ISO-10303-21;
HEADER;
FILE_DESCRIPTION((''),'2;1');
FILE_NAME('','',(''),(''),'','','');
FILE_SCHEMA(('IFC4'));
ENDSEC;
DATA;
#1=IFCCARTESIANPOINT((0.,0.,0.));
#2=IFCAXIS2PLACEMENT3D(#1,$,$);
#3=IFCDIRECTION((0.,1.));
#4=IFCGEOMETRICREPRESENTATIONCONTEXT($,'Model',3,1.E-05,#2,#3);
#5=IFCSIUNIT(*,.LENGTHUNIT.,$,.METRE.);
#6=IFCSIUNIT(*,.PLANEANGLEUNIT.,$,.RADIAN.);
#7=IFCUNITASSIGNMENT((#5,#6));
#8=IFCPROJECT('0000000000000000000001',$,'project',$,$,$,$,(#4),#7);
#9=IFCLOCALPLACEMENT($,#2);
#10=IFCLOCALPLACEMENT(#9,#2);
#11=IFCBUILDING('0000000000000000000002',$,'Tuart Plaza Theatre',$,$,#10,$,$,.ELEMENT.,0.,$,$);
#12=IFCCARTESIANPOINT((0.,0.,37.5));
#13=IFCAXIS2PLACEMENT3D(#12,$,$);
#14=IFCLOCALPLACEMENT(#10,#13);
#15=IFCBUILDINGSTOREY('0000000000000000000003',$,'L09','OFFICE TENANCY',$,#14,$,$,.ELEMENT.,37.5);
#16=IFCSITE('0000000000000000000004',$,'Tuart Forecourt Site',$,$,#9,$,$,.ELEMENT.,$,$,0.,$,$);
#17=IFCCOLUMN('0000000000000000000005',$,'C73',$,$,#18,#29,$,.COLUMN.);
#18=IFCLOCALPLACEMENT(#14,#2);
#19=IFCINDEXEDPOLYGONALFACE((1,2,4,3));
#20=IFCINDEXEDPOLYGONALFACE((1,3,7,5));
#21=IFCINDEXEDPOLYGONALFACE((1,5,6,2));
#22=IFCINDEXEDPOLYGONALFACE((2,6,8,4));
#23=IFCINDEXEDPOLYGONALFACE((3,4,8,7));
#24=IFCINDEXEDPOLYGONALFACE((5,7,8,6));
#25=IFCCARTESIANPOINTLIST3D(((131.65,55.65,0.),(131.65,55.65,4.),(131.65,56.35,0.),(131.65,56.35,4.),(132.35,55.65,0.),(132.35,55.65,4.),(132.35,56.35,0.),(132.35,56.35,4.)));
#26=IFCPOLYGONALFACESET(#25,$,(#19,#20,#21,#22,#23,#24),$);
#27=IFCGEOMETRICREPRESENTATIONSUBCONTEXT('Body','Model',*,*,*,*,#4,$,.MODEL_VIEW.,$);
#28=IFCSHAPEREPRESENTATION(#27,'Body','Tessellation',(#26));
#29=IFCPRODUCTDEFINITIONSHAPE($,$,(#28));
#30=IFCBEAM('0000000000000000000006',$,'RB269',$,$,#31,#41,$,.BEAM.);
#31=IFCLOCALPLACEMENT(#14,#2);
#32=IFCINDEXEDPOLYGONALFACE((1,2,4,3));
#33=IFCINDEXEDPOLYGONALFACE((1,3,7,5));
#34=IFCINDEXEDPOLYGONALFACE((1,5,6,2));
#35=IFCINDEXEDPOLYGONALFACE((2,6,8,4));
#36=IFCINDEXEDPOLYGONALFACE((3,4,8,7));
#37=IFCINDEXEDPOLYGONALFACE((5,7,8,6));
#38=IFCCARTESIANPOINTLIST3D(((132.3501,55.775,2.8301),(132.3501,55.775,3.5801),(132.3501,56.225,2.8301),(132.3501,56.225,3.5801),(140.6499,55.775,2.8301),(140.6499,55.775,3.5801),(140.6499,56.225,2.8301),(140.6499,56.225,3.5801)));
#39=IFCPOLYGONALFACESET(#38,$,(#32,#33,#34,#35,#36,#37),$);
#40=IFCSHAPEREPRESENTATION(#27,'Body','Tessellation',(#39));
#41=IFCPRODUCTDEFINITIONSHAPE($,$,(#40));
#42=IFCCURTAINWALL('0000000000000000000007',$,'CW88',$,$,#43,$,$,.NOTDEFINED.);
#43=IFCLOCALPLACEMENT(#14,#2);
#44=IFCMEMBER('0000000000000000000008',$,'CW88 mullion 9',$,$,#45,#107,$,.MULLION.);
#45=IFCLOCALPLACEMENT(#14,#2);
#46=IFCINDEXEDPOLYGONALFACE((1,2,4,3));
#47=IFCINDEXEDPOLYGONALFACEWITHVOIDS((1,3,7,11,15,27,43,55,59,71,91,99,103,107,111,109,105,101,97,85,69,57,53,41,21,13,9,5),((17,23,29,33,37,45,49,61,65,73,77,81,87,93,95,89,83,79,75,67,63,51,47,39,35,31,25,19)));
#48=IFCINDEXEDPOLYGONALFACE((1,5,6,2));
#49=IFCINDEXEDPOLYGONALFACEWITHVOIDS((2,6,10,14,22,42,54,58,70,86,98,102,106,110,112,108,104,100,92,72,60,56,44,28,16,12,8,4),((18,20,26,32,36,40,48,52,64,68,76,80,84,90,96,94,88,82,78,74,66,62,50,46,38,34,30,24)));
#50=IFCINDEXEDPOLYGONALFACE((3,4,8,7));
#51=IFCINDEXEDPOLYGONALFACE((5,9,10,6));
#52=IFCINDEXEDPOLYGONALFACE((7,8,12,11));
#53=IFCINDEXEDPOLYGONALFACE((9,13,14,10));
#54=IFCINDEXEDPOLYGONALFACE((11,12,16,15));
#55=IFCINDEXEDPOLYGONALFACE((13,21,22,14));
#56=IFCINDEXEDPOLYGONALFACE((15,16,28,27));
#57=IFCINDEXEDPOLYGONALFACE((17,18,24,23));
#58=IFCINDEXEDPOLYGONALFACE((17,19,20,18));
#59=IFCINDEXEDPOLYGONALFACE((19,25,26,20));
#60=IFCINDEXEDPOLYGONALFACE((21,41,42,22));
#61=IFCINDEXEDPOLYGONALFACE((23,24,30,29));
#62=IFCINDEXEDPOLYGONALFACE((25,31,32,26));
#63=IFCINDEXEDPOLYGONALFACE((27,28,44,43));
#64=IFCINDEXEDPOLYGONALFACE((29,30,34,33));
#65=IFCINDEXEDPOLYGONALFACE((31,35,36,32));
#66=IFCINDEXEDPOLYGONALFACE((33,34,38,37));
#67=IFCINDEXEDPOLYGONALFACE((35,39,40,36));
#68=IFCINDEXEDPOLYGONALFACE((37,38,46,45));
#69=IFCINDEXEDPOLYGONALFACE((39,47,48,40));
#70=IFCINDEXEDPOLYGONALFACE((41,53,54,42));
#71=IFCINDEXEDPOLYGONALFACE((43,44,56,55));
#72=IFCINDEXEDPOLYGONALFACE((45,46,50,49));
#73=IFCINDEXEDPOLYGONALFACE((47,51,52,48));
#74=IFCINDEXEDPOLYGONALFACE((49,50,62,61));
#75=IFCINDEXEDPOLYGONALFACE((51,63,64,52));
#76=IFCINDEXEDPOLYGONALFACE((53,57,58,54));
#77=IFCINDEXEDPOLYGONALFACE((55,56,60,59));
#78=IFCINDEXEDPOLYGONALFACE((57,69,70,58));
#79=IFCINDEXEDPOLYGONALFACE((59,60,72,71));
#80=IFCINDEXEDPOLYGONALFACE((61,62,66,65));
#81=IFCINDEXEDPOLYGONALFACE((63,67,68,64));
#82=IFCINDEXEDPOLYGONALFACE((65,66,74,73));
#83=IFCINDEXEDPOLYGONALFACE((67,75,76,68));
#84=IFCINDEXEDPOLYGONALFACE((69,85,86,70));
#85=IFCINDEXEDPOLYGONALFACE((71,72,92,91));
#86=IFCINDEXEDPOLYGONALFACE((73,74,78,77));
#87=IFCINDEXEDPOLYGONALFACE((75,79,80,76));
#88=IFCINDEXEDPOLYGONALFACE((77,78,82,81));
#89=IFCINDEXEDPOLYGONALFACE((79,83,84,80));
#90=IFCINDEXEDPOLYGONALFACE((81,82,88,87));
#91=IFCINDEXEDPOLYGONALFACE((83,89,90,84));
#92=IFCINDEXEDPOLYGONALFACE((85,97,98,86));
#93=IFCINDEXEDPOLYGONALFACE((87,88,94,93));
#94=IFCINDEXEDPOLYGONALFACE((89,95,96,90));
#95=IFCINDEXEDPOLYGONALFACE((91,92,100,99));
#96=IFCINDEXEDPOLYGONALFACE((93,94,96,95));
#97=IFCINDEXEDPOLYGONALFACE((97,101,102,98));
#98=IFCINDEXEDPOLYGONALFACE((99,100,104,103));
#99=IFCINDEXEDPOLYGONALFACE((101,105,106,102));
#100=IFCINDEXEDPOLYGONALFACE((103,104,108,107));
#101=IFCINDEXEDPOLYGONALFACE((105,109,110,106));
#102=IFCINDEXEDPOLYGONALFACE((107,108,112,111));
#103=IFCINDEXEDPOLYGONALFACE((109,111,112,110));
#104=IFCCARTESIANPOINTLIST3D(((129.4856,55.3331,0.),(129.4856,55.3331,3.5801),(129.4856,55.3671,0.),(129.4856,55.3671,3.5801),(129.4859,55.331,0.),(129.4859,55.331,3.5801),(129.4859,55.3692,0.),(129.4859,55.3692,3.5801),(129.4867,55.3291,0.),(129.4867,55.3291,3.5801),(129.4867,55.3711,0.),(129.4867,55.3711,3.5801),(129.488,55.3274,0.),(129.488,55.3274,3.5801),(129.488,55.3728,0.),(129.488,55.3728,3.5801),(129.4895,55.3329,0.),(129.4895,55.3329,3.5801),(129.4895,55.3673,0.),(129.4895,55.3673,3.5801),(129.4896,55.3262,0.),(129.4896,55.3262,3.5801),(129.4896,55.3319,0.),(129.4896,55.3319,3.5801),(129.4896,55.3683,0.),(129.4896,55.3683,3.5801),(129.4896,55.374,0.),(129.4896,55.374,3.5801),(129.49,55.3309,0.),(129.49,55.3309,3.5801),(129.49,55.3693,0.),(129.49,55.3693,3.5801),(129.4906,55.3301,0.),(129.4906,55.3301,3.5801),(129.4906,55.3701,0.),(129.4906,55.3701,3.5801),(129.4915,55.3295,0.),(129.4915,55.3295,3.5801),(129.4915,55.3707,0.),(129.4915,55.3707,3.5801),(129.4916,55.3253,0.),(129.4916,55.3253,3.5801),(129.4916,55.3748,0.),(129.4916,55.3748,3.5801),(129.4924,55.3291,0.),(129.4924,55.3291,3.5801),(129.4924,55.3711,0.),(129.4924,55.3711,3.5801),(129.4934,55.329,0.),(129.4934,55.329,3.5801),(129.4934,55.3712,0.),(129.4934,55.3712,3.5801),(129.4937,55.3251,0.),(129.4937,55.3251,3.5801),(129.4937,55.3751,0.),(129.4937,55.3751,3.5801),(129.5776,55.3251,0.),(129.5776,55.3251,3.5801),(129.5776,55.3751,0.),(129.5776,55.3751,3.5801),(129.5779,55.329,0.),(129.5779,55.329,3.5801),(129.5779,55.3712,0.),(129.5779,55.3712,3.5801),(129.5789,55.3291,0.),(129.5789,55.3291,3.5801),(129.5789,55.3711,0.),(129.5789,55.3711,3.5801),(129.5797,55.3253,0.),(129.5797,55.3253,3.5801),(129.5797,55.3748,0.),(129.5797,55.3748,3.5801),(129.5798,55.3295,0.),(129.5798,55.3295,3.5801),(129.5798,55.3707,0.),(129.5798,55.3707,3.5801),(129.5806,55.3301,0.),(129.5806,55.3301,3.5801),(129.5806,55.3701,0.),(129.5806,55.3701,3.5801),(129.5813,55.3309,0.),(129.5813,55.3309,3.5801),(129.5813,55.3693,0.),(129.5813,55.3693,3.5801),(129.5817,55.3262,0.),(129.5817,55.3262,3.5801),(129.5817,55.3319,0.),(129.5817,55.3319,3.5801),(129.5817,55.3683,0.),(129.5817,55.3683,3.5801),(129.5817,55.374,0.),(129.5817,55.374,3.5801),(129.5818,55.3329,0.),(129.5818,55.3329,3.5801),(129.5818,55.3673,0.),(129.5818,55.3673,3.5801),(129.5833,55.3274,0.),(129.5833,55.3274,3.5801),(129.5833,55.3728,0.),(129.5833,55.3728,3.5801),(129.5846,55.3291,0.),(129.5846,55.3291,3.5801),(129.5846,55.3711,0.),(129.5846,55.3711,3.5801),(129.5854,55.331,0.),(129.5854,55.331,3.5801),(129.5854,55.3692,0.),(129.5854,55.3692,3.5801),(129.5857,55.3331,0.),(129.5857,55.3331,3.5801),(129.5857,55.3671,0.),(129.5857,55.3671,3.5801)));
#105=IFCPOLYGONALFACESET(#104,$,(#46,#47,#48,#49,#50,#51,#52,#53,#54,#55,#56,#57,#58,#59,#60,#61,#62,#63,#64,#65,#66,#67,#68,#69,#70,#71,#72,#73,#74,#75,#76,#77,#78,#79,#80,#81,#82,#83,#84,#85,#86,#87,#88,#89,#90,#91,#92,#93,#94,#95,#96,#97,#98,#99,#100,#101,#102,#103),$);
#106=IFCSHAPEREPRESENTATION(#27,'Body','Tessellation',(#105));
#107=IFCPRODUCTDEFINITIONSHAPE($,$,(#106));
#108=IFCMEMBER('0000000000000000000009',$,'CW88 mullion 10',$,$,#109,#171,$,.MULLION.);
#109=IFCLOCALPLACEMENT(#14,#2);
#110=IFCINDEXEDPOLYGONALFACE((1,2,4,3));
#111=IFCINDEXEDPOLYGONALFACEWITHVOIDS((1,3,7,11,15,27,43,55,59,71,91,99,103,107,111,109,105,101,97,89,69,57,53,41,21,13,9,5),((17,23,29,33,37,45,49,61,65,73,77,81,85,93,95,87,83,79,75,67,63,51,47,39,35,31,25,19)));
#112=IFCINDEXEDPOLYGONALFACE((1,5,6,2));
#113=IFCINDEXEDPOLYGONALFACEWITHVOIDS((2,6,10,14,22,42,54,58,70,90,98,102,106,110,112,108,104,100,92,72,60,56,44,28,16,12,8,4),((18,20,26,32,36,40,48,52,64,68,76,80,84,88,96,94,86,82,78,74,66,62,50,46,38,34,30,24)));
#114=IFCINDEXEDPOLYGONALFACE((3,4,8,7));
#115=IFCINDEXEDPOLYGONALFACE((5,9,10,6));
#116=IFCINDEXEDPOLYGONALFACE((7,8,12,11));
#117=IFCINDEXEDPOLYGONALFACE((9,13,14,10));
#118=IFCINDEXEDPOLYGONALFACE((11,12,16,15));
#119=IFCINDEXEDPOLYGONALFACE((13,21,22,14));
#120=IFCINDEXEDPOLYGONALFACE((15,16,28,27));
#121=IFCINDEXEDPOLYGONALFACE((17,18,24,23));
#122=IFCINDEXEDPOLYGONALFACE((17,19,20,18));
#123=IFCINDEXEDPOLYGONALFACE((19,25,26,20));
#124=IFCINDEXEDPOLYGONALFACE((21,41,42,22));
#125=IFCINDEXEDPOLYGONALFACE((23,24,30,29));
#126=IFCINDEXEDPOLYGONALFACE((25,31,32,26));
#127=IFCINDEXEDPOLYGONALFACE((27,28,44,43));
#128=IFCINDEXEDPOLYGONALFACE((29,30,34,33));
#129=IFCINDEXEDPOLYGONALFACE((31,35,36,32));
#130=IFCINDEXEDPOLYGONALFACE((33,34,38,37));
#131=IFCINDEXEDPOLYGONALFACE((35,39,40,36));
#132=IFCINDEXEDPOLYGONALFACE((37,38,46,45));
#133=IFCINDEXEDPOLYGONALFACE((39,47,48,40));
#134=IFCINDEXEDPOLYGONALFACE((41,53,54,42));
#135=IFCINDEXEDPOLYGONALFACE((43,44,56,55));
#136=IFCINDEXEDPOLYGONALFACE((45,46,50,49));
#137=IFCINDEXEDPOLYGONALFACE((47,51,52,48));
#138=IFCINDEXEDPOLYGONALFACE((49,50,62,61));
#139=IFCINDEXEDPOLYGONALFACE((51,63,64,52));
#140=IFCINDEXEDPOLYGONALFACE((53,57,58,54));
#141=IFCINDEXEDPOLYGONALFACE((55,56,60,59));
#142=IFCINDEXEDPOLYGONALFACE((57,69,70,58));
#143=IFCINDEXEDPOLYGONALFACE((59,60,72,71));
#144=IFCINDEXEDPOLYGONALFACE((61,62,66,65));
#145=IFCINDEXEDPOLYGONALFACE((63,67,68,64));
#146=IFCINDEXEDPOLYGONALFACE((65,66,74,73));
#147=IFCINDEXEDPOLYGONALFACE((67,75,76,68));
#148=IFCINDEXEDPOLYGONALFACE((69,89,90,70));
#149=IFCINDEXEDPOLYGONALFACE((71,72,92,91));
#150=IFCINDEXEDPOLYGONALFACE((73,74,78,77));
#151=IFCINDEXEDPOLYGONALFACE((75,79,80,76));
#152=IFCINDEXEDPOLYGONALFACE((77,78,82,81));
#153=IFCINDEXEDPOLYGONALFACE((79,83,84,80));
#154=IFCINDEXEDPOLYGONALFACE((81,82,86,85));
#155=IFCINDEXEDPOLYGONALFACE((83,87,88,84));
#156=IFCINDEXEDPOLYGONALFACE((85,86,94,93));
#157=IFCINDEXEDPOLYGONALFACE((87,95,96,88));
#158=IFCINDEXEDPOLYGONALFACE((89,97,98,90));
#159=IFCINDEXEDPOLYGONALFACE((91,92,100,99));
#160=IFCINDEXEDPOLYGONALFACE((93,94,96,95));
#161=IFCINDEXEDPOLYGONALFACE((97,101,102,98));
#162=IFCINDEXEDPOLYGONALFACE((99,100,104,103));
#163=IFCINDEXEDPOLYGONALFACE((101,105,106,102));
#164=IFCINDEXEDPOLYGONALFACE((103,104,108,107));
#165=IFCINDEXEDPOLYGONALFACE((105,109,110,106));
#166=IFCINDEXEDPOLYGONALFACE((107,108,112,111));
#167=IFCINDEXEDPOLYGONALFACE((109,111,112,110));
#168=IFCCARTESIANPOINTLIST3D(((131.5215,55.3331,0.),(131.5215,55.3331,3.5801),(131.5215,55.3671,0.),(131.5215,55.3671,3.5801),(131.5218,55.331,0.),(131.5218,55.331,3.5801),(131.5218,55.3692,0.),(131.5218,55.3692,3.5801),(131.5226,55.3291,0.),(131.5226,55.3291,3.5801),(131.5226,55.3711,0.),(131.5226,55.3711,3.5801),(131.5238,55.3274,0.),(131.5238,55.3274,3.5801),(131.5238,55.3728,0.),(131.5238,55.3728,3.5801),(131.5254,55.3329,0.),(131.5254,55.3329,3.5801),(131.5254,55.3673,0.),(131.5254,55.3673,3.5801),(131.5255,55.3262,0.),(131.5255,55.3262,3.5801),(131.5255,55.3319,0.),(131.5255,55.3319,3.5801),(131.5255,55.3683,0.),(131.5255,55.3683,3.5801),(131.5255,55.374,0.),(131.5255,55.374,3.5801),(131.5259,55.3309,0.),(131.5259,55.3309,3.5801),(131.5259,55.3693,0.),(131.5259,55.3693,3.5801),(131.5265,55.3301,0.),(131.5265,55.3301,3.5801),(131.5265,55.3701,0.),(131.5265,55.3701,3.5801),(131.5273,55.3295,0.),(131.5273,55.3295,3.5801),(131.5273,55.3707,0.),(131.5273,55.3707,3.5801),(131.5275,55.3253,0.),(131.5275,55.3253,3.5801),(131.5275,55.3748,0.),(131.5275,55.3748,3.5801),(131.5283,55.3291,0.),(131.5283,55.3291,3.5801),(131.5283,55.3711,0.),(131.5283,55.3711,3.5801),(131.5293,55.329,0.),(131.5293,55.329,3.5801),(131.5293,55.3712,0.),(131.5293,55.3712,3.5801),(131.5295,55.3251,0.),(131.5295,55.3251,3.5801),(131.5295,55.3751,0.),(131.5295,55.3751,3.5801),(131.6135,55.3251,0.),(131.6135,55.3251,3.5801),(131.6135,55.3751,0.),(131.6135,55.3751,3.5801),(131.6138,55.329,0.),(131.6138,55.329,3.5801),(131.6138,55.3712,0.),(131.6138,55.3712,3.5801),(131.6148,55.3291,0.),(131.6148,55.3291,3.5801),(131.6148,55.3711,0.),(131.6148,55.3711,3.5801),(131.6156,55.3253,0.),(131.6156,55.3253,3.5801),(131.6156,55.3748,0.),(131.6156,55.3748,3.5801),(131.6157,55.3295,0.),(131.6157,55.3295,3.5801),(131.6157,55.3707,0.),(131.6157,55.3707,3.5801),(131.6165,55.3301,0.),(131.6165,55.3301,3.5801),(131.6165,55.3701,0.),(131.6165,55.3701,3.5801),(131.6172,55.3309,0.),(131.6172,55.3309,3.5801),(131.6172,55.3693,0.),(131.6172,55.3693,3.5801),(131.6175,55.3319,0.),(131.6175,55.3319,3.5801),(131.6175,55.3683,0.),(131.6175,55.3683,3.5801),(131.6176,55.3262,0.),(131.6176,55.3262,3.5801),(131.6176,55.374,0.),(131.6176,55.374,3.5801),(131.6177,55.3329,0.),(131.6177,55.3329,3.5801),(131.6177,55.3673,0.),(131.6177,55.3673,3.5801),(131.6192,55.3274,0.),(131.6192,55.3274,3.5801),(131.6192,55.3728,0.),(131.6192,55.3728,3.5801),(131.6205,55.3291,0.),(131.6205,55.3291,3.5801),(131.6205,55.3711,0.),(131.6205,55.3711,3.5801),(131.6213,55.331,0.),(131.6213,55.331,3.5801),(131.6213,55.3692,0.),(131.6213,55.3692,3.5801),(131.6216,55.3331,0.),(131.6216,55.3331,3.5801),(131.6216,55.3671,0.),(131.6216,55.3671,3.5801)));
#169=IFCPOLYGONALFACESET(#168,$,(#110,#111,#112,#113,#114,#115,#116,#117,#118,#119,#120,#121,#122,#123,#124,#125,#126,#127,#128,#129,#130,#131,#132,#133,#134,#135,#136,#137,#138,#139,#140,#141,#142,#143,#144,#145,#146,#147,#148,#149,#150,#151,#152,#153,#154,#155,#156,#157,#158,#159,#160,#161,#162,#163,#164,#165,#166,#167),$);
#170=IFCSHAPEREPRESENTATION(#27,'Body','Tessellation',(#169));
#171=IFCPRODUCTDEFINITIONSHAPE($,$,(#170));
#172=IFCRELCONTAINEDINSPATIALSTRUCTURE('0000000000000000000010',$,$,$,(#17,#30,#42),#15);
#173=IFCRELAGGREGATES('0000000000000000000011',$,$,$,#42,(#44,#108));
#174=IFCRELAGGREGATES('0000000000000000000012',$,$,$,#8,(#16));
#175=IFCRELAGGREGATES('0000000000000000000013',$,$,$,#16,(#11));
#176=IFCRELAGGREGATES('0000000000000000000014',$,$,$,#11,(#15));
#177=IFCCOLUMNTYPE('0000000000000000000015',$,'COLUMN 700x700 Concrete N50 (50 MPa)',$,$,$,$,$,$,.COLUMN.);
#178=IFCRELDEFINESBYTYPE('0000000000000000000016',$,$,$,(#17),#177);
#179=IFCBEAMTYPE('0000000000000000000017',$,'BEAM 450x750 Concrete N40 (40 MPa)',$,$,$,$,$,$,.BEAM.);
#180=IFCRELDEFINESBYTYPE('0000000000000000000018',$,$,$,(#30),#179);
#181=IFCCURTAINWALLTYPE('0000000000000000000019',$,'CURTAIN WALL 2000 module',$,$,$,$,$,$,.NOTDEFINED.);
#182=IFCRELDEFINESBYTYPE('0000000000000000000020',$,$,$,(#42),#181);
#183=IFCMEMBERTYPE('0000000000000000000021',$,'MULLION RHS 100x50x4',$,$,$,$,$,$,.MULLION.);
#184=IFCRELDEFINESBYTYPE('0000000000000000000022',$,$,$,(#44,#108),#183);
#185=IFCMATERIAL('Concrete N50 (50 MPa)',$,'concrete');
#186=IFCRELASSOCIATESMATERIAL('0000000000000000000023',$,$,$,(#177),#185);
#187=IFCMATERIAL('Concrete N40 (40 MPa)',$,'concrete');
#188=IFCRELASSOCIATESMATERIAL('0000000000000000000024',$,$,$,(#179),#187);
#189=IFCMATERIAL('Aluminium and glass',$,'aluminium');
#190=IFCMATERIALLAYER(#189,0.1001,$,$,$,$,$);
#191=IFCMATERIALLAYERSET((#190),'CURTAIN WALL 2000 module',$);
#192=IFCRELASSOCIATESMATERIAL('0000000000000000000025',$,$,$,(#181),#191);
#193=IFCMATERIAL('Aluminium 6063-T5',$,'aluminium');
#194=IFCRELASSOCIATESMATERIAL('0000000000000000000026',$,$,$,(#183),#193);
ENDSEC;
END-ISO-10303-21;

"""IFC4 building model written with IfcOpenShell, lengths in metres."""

from ifc_helpers import new_model, si_unit, direction, frame, origin, origin_2d, place, context, subcontext, project, spatial, rectangle, hollow_rectangle, extrude, material, layer, layer_set, material_profile, profile_set, type_object, element, aggregate, save


model = new_model("IFC4")

# Units and contexts
model_context = context("Model", 3, precision=1e-05, world=origin(), true_north=direction((0.0, 1.0)))
body_context = subcontext(model_context, "Body", "Model", "MODEL_VIEW")
ifc_project = project(units=[si_unit("LENGTHUNIT", "METRE"), si_unit("PLANEANGLEUNIT", "RADIAN")], contexts=[model_context])

# Site, building, storey
site_placement = place(None, origin())
site = spatial("IfcSite", under=ifc_project, at=site_placement, Name="Tuart Forecourt Site", CompositionType="ELEMENT", RefElevation=0.0)
building_placement = place(site_placement, origin())
building = spatial("IfcBuilding", under=site, at=building_placement, Name="Tuart Plaza Theatre", CompositionType="ELEMENT", ElevationOfRefHeight=0.0)
storey_placement = place(building_placement, frame((0.0, 0.0, 37.5)))
storey = spatial("IfcBuildingStorey", under=building, at=storey_placement, Name="L09", Description="OFFICE TENANCY", CompositionType="ELEMENT", Elevation=37.5)

# Column
ifc_material_1 = material(Name="Concrete N50 (50 MPa)", Category="concrete")
ifc_material_profile_1 = material_profile(ifc_material_1, rectangle(XDim=0.7, YDim=0.7, at=origin_2d()), Name="COLUMN 700x700 Concrete N50 (50 MPa)")
ifc_profile_set_1 = profile_set([ifc_material_profile_1], Name="Concrete N50 (50 MPa)")
column_type = type_object("IfcColumnType", Name="COLUMN 700x700 Concrete N50 (50 MPa)", PredefinedType="COLUMN", material=ifc_profile_set_1)
column_placement = place(storey_placement, frame((132.0, 56.0, 0.0), z_axis=(0.0, 0.0, 1.0), x_axis=(1.0, 0.0, 0.0)))
element("IfcColumn", 1, at=column_placement, inside=storey, type_object=column_type, Name="C73", PredefinedType="COLUMN", context=body_context, shape_type="SweptSolid", body=[
    extrude(rectangle(XDim=0.7, YDim=0.7, at=origin_2d()), origin(), (0.0, 0.0, 1.0), 4.0),
])

# Beam
ifc_material_2 = material(Name="Concrete N40 (40 MPa)", Category="concrete")
ifc_material_profile_2 = material_profile(ifc_material_2, rectangle(XDim=0.45, YDim=0.75, at=origin_2d()), Name="BEAM 450x750 Concrete N40 (40 MPa)")
ifc_profile_set_2 = profile_set([ifc_material_profile_2], Name="Concrete N40 (40 MPa)")
beam_type = type_object("IfcBeamType", Name="BEAM 450x750 Concrete N40 (40 MPa)", PredefinedType="BEAM", material=ifc_profile_set_2)
beam_placement = place(storey_placement, frame((132.3501, 56.0, 3.2051), z_axis=(1.0, 0.0, 0.0), x_axis=(0.0, 1.0, 0.0)))
element("IfcBeam", 2, at=beam_placement, inside=storey, type_object=beam_type, Name="RB269", PredefinedType="BEAM", context=body_context, shape_type="SweptSolid", body=[
    extrude(rectangle(XDim=0.45, YDim=0.75, at=origin_2d()), origin(), (0.0, 0.0, 1.0), 8.2998),
])

# Curtain wall, members
ifc_material_3 = material(Name="Aluminium and glass", Category="aluminium")
ifc_layer_1 = layer(ifc_material_3, 0.1001)
ifc_layer_set_1 = layer_set([ifc_layer_1], Name="CURTAIN WALL 2000 module")
curtain_wall_type = type_object("IfcCurtainWallType", Name="CURTAIN WALL 2000 module", PredefinedType="NOTDEFINED", material=ifc_layer_set_1)
curtain_wall_placement = place(storey_placement, origin())
curtain_wall = element("IfcCurtainWall", 3, at=curtain_wall_placement, inside=storey, type_object=curtain_wall_type, Name="CW88", PredefinedType="NOTDEFINED")
ifc_material_4 = material(Name="Aluminium 6063-T5", Category="aluminium")
ifc_material_profile_3 = material_profile(ifc_material_4, hollow_rectangle(XDim=0.05, YDim=0.1001, WallThickness=0.0039, InnerFilletRadius=0.0039, OuterFilletRadius=0.0081, at=origin_2d()), Name="RHS 100x50x4")
ifc_profile_set_3 = profile_set([ifc_material_profile_3], Name="Aluminium 6063-T5")
member_type_1 = type_object("IfcMemberType", Name="MULLION RHS 100x50x4", PredefinedType="MULLION", material=ifc_profile_set_3)
member_1_placement = place(storey_placement, frame((129.5356, 55.3501, 0.0), z_axis=(0.0, 0.0, 1.0), x_axis=(0.0, 1.0, 0.0)))
member_1 = element("IfcMember", 4, at=member_1_placement, type_object=member_type_1, Name="CW88 mullion 9", PredefinedType="MULLION", context=body_context, shape_type="SweptSolid", body=[
    extrude(hollow_rectangle(XDim=0.05, YDim=0.1001, WallThickness=0.0039, InnerFilletRadius=0.0039, OuterFilletRadius=0.0081, at=origin_2d()), origin(), (0.0, 0.0, 1.0), 3.5801),
])
member_2_placement = place(storey_placement, frame((131.5715, 55.3501, 0.0), z_axis=(0.0, 0.0, 1.0), x_axis=(0.0, 1.0, 0.0)))
member_2 = element("IfcMember", 5, at=member_2_placement, type_object=member_type_1, Name="CW88 mullion 10", PredefinedType="MULLION", context=body_context, shape_type="SweptSolid", body=[
    extrude(hollow_rectangle(XDim=0.05, YDim=0.1001, WallThickness=0.0039, InnerFilletRadius=0.0039, OuterFilletRadius=0.0081, at=origin_2d()), origin(), (0.0, 0.0, 1.0), 3.5801),
])
aggregate(curtain_wall, [member_1, member_2])

save(model, "model.ifc")
